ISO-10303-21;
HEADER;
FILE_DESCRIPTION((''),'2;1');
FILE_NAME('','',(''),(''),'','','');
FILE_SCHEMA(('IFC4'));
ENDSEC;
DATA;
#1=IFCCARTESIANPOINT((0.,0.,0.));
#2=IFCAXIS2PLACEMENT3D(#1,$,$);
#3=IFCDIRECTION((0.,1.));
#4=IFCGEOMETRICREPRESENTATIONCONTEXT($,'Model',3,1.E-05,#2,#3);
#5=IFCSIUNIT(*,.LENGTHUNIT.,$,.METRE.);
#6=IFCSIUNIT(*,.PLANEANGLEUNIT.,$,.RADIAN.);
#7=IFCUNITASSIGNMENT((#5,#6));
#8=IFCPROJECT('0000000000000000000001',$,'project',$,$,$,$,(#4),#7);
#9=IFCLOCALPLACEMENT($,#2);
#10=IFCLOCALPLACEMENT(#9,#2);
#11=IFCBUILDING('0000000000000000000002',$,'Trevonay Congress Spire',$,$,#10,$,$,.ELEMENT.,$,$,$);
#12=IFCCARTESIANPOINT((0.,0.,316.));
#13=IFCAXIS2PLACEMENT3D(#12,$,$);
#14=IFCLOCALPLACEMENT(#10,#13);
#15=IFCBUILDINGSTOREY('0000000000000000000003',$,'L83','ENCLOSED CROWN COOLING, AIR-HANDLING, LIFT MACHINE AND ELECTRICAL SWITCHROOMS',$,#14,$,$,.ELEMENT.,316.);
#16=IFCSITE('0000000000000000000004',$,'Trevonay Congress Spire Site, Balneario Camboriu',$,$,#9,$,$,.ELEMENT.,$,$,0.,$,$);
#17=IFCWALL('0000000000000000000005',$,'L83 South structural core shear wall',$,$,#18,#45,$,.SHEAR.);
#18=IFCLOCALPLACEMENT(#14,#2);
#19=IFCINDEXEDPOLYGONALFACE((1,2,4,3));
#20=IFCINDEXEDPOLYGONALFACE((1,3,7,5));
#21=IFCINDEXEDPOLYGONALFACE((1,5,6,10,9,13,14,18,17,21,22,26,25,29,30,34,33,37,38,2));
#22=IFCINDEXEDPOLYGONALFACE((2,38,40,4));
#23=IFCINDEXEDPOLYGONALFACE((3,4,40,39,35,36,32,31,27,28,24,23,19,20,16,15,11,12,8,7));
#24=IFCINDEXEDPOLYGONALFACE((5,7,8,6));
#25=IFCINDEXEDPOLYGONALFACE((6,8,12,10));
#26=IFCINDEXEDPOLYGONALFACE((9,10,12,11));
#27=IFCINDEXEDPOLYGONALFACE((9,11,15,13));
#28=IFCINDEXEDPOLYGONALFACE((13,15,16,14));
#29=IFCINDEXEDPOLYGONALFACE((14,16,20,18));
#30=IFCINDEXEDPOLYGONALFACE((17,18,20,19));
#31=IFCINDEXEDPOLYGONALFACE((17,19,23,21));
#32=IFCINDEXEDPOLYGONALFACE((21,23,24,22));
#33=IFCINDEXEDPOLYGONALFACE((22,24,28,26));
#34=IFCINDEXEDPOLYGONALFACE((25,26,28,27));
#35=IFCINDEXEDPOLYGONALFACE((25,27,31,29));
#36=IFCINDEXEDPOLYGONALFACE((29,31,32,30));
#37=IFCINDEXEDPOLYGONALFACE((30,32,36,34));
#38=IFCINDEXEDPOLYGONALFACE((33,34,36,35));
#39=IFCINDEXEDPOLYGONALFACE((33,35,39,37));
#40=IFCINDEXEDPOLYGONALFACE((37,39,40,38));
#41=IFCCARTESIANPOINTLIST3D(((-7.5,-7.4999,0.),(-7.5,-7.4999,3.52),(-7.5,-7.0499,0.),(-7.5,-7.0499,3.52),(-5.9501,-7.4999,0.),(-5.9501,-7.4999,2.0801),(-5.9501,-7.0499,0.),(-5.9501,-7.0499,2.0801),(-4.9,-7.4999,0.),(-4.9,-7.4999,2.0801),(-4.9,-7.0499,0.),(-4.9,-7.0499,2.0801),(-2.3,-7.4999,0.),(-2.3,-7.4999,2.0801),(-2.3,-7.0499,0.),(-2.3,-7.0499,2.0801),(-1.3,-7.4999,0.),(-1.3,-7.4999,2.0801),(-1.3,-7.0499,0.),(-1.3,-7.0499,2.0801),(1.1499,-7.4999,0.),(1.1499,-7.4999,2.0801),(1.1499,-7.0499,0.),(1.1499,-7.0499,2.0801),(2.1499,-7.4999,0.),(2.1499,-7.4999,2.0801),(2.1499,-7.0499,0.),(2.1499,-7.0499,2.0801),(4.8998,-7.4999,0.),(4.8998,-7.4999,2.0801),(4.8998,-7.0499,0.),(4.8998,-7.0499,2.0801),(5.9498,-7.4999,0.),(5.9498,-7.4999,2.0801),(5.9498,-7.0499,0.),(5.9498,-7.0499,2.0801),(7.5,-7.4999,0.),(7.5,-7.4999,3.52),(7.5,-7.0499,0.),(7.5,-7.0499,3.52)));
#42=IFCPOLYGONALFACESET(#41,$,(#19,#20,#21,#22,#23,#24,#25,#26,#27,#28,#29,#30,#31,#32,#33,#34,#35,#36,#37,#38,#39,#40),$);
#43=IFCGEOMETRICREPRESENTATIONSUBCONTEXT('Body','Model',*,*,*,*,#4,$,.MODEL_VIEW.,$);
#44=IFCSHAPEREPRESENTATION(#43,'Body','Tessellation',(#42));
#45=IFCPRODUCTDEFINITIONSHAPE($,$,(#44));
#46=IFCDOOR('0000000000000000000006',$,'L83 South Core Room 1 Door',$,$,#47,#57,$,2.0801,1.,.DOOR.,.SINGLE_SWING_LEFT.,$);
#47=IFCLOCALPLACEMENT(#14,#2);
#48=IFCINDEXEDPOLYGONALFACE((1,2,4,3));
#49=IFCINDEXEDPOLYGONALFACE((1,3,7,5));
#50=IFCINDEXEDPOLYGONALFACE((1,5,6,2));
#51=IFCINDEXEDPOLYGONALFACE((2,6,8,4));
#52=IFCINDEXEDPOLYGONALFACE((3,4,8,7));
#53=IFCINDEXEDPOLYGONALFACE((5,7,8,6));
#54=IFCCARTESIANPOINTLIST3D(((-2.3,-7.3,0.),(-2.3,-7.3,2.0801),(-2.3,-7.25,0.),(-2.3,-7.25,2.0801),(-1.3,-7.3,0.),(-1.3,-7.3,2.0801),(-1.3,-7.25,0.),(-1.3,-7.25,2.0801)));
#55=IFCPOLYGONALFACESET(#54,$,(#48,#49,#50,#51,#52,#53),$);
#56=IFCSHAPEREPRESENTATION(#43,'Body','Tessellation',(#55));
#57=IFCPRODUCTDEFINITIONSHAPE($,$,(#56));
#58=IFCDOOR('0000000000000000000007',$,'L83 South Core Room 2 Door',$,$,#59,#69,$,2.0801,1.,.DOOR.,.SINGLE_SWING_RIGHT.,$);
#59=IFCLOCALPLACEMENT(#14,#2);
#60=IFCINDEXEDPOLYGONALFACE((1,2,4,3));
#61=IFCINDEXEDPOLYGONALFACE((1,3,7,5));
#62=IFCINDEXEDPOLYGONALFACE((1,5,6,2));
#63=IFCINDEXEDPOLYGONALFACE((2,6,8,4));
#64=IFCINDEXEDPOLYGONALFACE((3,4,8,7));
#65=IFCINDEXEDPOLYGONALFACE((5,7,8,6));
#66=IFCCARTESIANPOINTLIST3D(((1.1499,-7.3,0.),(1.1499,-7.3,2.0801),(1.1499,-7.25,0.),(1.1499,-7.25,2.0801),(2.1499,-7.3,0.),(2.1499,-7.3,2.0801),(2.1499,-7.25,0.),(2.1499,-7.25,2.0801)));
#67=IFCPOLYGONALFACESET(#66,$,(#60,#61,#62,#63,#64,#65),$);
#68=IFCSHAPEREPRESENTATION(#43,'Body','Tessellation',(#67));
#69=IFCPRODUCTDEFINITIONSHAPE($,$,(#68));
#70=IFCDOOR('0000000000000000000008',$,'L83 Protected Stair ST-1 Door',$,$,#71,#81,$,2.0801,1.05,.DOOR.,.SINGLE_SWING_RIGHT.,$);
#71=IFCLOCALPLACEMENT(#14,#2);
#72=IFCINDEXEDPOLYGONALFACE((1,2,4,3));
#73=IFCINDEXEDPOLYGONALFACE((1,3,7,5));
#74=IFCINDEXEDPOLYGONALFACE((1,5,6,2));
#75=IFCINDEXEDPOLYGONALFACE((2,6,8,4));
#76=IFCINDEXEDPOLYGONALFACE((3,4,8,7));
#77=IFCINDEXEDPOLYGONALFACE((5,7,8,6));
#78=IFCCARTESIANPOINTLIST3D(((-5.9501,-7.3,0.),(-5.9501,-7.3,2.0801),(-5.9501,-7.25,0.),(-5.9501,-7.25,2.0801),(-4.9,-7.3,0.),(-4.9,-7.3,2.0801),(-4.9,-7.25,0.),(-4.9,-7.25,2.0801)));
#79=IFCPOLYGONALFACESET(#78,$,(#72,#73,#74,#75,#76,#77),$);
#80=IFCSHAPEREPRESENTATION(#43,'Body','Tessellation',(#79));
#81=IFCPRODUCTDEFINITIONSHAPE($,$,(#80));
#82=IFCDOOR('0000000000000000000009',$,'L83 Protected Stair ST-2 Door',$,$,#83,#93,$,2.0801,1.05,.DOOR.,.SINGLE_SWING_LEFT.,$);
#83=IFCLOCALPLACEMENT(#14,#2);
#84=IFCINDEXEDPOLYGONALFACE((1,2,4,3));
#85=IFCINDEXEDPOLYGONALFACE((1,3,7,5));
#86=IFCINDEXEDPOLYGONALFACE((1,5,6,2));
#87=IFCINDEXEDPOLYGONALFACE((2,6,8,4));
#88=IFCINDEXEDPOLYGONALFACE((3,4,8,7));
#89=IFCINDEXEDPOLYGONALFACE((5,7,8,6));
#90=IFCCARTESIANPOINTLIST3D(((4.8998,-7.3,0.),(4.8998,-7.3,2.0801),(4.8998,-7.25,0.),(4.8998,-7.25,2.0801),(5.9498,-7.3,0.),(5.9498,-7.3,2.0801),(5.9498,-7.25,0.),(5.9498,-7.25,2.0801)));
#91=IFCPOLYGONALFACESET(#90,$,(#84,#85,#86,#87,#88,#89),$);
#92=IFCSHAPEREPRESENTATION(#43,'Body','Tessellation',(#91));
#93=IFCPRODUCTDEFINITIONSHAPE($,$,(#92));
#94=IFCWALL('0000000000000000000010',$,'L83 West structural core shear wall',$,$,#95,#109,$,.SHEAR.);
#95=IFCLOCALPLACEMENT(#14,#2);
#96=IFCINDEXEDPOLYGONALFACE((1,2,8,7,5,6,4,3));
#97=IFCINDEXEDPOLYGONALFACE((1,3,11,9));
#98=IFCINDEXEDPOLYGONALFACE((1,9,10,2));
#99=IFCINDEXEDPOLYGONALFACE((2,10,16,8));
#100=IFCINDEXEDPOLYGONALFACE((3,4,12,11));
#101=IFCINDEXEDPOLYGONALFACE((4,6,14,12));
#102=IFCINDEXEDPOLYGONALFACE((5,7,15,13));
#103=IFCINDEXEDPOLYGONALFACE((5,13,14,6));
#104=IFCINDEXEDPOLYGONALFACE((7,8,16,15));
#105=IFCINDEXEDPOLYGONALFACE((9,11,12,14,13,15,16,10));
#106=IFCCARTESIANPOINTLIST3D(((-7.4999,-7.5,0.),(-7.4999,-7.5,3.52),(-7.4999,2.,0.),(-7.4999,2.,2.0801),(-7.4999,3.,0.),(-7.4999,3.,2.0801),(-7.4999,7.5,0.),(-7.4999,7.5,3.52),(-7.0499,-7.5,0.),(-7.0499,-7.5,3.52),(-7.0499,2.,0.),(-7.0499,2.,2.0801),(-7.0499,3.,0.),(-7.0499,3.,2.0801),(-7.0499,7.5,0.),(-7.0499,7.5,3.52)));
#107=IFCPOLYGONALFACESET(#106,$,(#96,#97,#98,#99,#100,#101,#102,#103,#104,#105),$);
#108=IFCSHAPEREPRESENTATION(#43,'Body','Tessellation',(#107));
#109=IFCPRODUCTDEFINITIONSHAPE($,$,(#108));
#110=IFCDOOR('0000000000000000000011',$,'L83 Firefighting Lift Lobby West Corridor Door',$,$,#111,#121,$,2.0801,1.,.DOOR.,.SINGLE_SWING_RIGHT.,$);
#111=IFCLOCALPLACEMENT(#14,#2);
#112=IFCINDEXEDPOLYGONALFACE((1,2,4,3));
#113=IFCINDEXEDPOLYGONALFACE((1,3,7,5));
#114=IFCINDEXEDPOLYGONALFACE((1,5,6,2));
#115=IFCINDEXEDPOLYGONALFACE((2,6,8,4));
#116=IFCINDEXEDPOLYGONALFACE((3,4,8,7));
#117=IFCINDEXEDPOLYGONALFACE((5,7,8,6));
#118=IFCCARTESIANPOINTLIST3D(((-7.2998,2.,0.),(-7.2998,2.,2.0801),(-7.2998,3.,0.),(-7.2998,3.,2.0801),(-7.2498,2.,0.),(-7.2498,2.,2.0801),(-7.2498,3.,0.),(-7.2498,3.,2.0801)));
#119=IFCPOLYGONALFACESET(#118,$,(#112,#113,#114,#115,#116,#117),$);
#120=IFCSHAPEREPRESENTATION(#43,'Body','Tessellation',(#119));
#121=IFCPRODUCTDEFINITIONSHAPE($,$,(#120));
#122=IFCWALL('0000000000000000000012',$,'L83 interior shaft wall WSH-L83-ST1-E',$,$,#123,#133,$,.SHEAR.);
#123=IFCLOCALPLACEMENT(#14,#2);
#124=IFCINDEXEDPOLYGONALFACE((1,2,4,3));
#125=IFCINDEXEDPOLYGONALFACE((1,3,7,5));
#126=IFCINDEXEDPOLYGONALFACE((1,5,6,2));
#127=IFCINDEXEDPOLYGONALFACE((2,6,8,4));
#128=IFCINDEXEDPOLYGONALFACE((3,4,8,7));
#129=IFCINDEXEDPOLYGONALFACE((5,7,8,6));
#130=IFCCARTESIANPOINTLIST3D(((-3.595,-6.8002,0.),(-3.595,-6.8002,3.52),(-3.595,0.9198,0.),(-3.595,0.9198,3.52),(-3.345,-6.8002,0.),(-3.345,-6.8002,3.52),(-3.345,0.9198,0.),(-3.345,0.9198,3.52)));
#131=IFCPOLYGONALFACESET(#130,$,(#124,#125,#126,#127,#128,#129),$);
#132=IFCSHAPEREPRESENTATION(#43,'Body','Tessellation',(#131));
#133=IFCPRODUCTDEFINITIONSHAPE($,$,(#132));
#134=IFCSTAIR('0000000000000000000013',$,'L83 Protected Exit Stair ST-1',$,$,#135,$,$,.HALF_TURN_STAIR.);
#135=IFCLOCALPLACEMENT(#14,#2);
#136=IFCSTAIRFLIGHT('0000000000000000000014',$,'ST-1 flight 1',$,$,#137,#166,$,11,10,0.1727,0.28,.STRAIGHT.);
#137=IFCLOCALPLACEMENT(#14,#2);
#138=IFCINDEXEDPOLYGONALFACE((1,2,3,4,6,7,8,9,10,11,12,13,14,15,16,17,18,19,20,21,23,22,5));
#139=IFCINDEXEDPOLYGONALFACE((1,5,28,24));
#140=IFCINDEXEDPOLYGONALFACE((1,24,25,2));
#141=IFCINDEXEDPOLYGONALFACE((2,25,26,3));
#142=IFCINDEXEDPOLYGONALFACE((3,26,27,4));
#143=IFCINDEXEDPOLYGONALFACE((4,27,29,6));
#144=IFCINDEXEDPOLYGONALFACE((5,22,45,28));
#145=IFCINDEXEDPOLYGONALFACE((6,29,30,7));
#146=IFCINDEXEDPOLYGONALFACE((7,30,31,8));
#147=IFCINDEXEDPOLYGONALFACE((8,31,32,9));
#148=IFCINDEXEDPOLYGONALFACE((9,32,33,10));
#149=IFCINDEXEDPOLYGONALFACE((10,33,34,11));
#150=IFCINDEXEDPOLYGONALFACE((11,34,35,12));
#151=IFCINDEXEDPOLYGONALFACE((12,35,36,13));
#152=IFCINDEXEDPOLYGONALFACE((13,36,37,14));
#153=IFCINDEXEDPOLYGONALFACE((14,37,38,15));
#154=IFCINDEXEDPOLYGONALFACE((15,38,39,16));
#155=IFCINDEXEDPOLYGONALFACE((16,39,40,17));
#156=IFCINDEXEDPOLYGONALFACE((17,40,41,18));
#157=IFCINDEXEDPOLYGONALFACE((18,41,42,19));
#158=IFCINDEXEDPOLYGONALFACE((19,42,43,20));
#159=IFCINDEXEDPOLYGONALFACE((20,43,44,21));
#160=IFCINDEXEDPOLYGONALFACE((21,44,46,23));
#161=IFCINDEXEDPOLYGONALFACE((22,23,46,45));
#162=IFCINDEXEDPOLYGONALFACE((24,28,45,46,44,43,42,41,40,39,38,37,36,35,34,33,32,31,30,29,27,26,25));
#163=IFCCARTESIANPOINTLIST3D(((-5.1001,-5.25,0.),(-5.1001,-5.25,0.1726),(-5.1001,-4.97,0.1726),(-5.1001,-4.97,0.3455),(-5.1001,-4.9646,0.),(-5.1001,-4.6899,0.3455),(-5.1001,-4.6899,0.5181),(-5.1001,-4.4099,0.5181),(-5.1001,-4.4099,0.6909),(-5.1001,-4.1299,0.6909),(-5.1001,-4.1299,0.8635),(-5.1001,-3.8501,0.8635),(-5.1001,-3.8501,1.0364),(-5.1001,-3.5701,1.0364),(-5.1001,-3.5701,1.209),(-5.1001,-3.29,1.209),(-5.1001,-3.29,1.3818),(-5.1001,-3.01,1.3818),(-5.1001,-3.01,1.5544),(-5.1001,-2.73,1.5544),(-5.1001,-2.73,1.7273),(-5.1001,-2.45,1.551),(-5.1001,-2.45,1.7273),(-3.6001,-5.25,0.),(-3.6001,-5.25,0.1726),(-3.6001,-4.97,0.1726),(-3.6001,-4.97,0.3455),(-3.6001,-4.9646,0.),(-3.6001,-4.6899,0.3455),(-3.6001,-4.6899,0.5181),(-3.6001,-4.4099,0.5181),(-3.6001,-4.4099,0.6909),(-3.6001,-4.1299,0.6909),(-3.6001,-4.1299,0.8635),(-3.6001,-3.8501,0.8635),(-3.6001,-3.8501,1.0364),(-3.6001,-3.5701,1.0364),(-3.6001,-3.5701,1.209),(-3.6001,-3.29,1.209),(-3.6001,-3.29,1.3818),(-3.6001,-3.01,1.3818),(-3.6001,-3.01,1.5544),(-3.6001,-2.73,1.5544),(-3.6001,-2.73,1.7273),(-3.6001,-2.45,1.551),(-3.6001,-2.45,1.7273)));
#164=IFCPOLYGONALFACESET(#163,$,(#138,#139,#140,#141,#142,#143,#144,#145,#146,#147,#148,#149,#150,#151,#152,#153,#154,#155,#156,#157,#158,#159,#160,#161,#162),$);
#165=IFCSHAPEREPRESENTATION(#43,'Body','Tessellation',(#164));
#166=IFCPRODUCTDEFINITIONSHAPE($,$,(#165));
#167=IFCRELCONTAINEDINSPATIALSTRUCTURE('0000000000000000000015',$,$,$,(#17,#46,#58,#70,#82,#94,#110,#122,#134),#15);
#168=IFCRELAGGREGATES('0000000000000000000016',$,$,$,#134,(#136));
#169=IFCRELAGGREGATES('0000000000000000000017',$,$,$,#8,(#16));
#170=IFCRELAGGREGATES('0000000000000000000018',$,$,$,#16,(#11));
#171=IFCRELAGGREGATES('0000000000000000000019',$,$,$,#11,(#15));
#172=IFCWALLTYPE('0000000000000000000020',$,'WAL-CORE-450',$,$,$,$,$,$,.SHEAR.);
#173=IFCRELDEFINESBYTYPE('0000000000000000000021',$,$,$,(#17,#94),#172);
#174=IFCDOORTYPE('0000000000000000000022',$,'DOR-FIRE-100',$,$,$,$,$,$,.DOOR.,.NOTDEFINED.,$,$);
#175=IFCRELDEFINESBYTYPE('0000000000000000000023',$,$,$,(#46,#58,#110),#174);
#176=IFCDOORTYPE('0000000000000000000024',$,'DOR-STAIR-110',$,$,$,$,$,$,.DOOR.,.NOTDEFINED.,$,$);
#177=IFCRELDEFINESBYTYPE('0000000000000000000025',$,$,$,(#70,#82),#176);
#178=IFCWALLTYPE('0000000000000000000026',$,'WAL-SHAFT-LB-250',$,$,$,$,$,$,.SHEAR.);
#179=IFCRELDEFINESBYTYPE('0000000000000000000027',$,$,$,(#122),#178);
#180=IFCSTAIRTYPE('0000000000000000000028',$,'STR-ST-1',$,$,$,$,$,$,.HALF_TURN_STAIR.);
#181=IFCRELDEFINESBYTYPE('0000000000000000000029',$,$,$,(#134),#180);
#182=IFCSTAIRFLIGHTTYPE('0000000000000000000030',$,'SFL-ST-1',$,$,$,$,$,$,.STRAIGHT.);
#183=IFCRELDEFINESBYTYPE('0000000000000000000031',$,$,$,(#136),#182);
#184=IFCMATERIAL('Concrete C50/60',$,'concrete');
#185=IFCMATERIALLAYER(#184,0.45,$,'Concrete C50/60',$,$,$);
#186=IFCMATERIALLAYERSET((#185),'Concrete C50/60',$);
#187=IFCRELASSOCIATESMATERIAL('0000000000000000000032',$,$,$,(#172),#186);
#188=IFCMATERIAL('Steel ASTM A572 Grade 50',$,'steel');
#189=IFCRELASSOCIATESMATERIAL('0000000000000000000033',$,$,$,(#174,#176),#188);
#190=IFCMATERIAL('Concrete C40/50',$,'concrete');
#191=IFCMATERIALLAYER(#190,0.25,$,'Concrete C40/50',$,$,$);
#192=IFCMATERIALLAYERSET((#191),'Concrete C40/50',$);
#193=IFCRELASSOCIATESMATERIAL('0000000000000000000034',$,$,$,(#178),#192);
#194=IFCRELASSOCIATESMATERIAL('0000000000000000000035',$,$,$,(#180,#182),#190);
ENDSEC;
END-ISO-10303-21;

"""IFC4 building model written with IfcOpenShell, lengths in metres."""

from ifc_helpers import new_model, si_unit, direction, frame, frame_2d, origin, place, context, subcontext, project, spatial, polyline, rectangle, outline, extrude, material, layer, layer_set, type_object, element, fill, aggregate, save


model = new_model("IFC4")

# Units and contexts
model_context = context("Model", 3, precision=1e-05, world=origin(), true_north=direction((0.0, 1.0)))
body_context = subcontext(model_context, "Body", "Model", "MODEL_VIEW")
ifc_project = project(units=[si_unit("LENGTHUNIT", "METRE"), si_unit("PLANEANGLEUNIT", "RADIAN")], contexts=[model_context])

# Site, building, storey
site_placement = place(None, origin())
site = spatial("IfcSite", under=ifc_project, at=site_placement, Name="Trevonay Congress Spire Site, Balneario Camboriu", CompositionType="ELEMENT", RefElevation=0.0)
building_placement = place(site_placement, origin())
building = spatial("IfcBuilding", under=site, at=building_placement, Name="Trevonay Congress Spire", CompositionType="ELEMENT")
storey_placement = place(building_placement, frame((0.0, 0.0, 316.0)))
storey = spatial("IfcBuildingStorey", under=building, at=storey_placement, Name="L83", Description="ENCLOSED CROWN COOLING, AIR-HANDLING, LIFT MACHINE AND ELECTRICAL SWITCHROOMS", CompositionType="ELEMENT", Elevation=316.0)

# Shared definitions
ifc_material_1 = material(Name="Steel ASTM A572 Grade 50", Category="steel")

# Wall, openings, doors
ifc_material_2 = material(Name="Concrete C50/60", Category="concrete")
ifc_layer_1 = layer(ifc_material_2, 0.45, Name="Concrete C50/60")
ifc_layer_set_1 = layer_set([ifc_layer_1], Name="Concrete C50/60")
wall_type_1 = type_object("IfcWallType", Name="WAL-CORE-450", PredefinedType="SHEAR", material=ifc_layer_set_1)
wall_1_placement = place(storey_placement, frame((-7.5, -7.2749, 0.0), z_axis=(0.0, 0.0, 1.0), x_axis=(1.0, 0.0, 0.0)))
wall_1 = element("IfcWall", 1, at=wall_1_placement, inside=storey, type_object=wall_type_1, Name="L83 South structural core shear wall", PredefinedType="SHEAR", context=body_context, shape_type="SweptSolid", body=[
    extrude(rectangle(XDim=15.0, YDim=0.45, at=frame_2d((7.5, 0.0))), origin(), (0.0, 0.0, 1.0), 3.52),
])
opening_1_placement = place(wall_1_placement, frame((1.55, 0.0, 0.0)))
opening_1 = element("IfcOpeningElement", 2, at=opening_1_placement, cuts=wall_1, PredefinedType="OPENING", context=body_context, shape_type="SweptSolid", body=[
    extrude(rectangle(XDim=1.05, YDim=2.0801, at=frame_2d((0.5249, 1.04))), frame((0.0, 0.2349, 0.0), z_axis=(0.0, -1.0, 0.0), x_axis=(1.0, 0.0, 0.0)), (0.0, 0.0, 1.0), 0.47),
])
opening_2_placement = place(wall_1_placement, frame((12.3999, 0.0, 0.0)))
opening_2 = element("IfcOpeningElement", 3, at=opening_2_placement, cuts=wall_1, PredefinedType="OPENING", context=body_context, shape_type="SweptSolid", body=[
    extrude(rectangle(XDim=1.05, YDim=2.0801, at=frame_2d((0.5249, 1.04))), frame((0.0, 0.2349, 0.0), z_axis=(0.0, -1.0, 0.0), x_axis=(1.0, 0.0, 0.0)), (0.0, 0.0, 1.0), 0.47),
])
opening_3_placement = place(wall_1_placement, frame((5.2, 0.0, 0.0)))
opening_3 = element("IfcOpeningElement", 4, at=opening_3_placement, cuts=wall_1, PredefinedType="OPENING", context=body_context, shape_type="SweptSolid", body=[
    extrude(rectangle(XDim=1.0, YDim=2.0801, at=frame_2d((0.5, 1.04))), frame((0.0, 0.2349, 0.0), z_axis=(0.0, -1.0, 0.0), x_axis=(1.0, 0.0, 0.0)), (0.0, 0.0, 1.0), 0.47),
])
opening_4_placement = place(wall_1_placement, frame((8.6499, 0.0, 0.0)))
opening_4 = element("IfcOpeningElement", 5, at=opening_4_placement, cuts=wall_1, PredefinedType="OPENING", context=body_context, shape_type="SweptSolid", body=[
    extrude(rectangle(XDim=1.0, YDim=2.0801, at=frame_2d((0.5, 1.04))), frame((0.0, 0.2349, 0.0), z_axis=(0.0, -1.0, 0.0), x_axis=(1.0, 0.0, 0.0)), (0.0, 0.0, 1.0), 0.47),
])
door_type_1 = type_object("IfcDoorType", Name="DOR-FIRE-100", OperationType="NOTDEFINED", PredefinedType="DOOR", material=ifc_material_1)
door_1_placement = place(opening_3_placement, origin())
door_1 = element("IfcDoor", 6, at=door_1_placement, inside=storey, type_object=door_type_1, Name="L83 South Core Room 1 Door", OperationType="SINGLE_SWING_LEFT", OverallHeight=2.0801, OverallWidth=1.0, PredefinedType="DOOR", context=body_context, shape_type="SweptSolid", body=[
    extrude(rectangle(XDim=1.0, YDim=2.0801, at=frame_2d((0.5, 1.04))), frame((0.0, 0.0249, 0.0), z_axis=(0.0, -1.0, 0.0), x_axis=(1.0, 0.0, 0.0)), (0.0, 0.0, 1.0), 0.05),
])
fill(opening_3, door_1)
door_2_placement = place(opening_4_placement, origin())
door_2 = element("IfcDoor", 7, at=door_2_placement, inside=storey, type_object=door_type_1, Name="L83 South Core Room 2 Door", OperationType="SINGLE_SWING_RIGHT", OverallHeight=2.0801, OverallWidth=1.0, PredefinedType="DOOR", context=body_context, shape_type="SweptSolid", body=[
    extrude(rectangle(XDim=1.0, YDim=2.0801, at=frame_2d((0.5, 1.04))), frame((0.0, 0.0249, 0.0), z_axis=(0.0, -1.0, 0.0), x_axis=(1.0, 0.0, 0.0)), (0.0, 0.0, 1.0), 0.05),
])
fill(opening_4, door_2)
door_type_2 = type_object("IfcDoorType", Name="DOR-STAIR-110", OperationType="NOTDEFINED", PredefinedType="DOOR", material=ifc_material_1)
door_3_placement = place(opening_1_placement, origin())
door_3 = element("IfcDoor", 8, at=door_3_placement, inside=storey, type_object=door_type_2, Name="L83 Protected Stair ST-1 Door", OperationType="SINGLE_SWING_RIGHT", OverallHeight=2.0801, OverallWidth=1.05, PredefinedType="DOOR", context=body_context, shape_type="SweptSolid", body=[
    extrude(rectangle(XDim=1.05, YDim=2.0801, at=frame_2d((0.5249, 1.04))), frame((0.0, 0.0249, 0.0), z_axis=(0.0, -1.0, 0.0), x_axis=(1.0, 0.0, 0.0)), (0.0, 0.0, 1.0), 0.05),
])
fill(opening_1, door_3)
door_4_placement = place(opening_2_placement, origin())
door_4 = element("IfcDoor", 9, at=door_4_placement, inside=storey, type_object=door_type_2, Name="L83 Protected Stair ST-2 Door", OperationType="SINGLE_SWING_LEFT", OverallHeight=2.0801, OverallWidth=1.05, PredefinedType="DOOR", context=body_context, shape_type="SweptSolid", body=[
    extrude(rectangle(XDim=1.05, YDim=2.0801, at=frame_2d((0.5249, 1.04))), frame((0.0, 0.0249, 0.0), z_axis=(0.0, -1.0, 0.0), x_axis=(1.0, 0.0, 0.0)), (0.0, 0.0, 1.0), 0.05),
])
fill(opening_2, door_4)

# Wall, opening, door
wall_2_placement = place(storey_placement, frame((-7.2749, -7.5, 0.0), z_axis=(0.0, 0.0, 1.0), x_axis=(0.0, 1.0, 0.0)))
wall_2 = element("IfcWall", 10, at=wall_2_placement, inside=storey, type_object=wall_type_1, Name="L83 West structural core shear wall", PredefinedType="SHEAR", context=body_context, shape_type="SweptSolid", body=[
    extrude(rectangle(XDim=15.0, YDim=0.45, at=frame_2d((7.5, 0.0))), origin(), (0.0, 0.0, 1.0), 3.52),
])
opening_5_placement = place(wall_2_placement, frame((9.5, 0.0, 0.0)))
opening_5 = element("IfcOpeningElement", 11, at=opening_5_placement, cuts=wall_2, PredefinedType="OPENING", context=body_context, shape_type="SweptSolid", body=[
    extrude(rectangle(XDim=1.0, YDim=2.0801, at=frame_2d((0.5, 1.04))), frame((0.0, 0.2349, 0.0), z_axis=(0.0, -1.0, 0.0), x_axis=(1.0, 0.0, 0.0)), (0.0, 0.0, 1.0), 0.47),
])
door_5_placement = place(opening_5_placement, origin())
door_5 = element("IfcDoor", 12, at=door_5_placement, inside=storey, type_object=door_type_1, Name="L83 Firefighting Lift Lobby West Corridor Door", OperationType="SINGLE_SWING_RIGHT", OverallHeight=2.0801, OverallWidth=1.0, PredefinedType="DOOR", context=body_context, shape_type="SweptSolid", body=[
    extrude(rectangle(XDim=1.0, YDim=2.0801, at=frame_2d((0.5, 1.04))), frame((0.0, 0.0249, 0.0), z_axis=(0.0, -1.0, 0.0), x_axis=(1.0, 0.0, 0.0)), (0.0, 0.0, 1.0), 0.05),
])
fill(opening_5, door_5)

# Wall
ifc_material_3 = material(Name="Concrete C40/50", Category="concrete")
ifc_layer_2 = layer(ifc_material_3, 0.25, Name="Concrete C40/50")
ifc_layer_set_2 = layer_set([ifc_layer_2], Name="Concrete C40/50")
wall_type_2 = type_object("IfcWallType", Name="WAL-SHAFT-LB-250", PredefinedType="SHEAR", material=ifc_layer_set_2)
wall_3_placement = place(storey_placement, frame((-3.47, -6.8, 0.0), z_axis=(0.0, 0.0, 1.0), x_axis=(0.0, 1.0, 0.0)))
element("IfcWall", 13, at=wall_3_placement, inside=storey, type_object=wall_type_2, Name="L83 interior shaft wall WSH-L83-ST1-E", PredefinedType="SHEAR", context=body_context, shape_type="SweptSolid", body=[
    extrude(rectangle(XDim=7.72, YDim=0.25, at=frame_2d((3.8599, 0.0))), origin(), (0.0, 0.0, 1.0), 3.52),
])

# Stair, stair flight
stair_type = type_object("IfcStairType", Name="STR-ST-1", PredefinedType="HALF_TURN_STAIR", material=ifc_material_3)
stair_placement = place(storey_placement, origin())
stair = element("IfcStair", 14, at=stair_placement, inside=storey, type_object=stair_type, Name="L83 Protected Exit Stair ST-1", PredefinedType="HALF_TURN_STAIR")
stair_flight_type = type_object("IfcStairFlightType", Name="SFL-ST-1", PredefinedType="STRAIGHT", material=ifc_material_3)
stair_flight_1_placement = place(storey_placement, frame((-4.3501, -5.25, 0.0), z_axis=(0.0, 0.0, 1.0), x_axis=(0.0, 1.0, 0.0)))
stair_flight_1 = element("IfcStairFlight", 15, at=stair_flight_1_placement, type_object=stair_flight_type, Name="ST-1 flight 1", NumberOfRisers=11, NumberOfTreads=10, PredefinedType="STRAIGHT", RiserHeight=0.1727, TreadLength=0.28, context=body_context, shape_type="SweptSolid", body=[
    extrude(outline(polyline([(0.0, 0.0), (0.0, 0.1726), (0.28, 0.1726), (0.28, 0.3455), (0.5601, 0.3455), (0.5601, 0.5181), (0.8401, 0.5181), (0.8401, 0.6909), (1.1201, 0.6909), (1.1201, 0.8635), (1.3999, 0.8635), (1.3999, 1.0364), (1.6799, 1.0364), (1.6799, 1.209), (1.96, 1.209), (1.96, 1.3818), (2.24, 1.3818), (2.24, 1.5544), (2.52, 1.5544), (2.52, 1.7273), (2.8, 1.7273), (2.8, 1.8999), (2.8, 1.551), (0.2854, 0.0), (0.0, 0.0)])), frame((0.0, 0.75, 0.0), z_axis=(0.0, -1.0, 0.0), x_axis=(1.0, 0.0, 0.0)), (0.0, 0.0, 1.0), 1.5),
])
aggregate(stair, [stair_flight_1])

save(model, "model.ifc")
